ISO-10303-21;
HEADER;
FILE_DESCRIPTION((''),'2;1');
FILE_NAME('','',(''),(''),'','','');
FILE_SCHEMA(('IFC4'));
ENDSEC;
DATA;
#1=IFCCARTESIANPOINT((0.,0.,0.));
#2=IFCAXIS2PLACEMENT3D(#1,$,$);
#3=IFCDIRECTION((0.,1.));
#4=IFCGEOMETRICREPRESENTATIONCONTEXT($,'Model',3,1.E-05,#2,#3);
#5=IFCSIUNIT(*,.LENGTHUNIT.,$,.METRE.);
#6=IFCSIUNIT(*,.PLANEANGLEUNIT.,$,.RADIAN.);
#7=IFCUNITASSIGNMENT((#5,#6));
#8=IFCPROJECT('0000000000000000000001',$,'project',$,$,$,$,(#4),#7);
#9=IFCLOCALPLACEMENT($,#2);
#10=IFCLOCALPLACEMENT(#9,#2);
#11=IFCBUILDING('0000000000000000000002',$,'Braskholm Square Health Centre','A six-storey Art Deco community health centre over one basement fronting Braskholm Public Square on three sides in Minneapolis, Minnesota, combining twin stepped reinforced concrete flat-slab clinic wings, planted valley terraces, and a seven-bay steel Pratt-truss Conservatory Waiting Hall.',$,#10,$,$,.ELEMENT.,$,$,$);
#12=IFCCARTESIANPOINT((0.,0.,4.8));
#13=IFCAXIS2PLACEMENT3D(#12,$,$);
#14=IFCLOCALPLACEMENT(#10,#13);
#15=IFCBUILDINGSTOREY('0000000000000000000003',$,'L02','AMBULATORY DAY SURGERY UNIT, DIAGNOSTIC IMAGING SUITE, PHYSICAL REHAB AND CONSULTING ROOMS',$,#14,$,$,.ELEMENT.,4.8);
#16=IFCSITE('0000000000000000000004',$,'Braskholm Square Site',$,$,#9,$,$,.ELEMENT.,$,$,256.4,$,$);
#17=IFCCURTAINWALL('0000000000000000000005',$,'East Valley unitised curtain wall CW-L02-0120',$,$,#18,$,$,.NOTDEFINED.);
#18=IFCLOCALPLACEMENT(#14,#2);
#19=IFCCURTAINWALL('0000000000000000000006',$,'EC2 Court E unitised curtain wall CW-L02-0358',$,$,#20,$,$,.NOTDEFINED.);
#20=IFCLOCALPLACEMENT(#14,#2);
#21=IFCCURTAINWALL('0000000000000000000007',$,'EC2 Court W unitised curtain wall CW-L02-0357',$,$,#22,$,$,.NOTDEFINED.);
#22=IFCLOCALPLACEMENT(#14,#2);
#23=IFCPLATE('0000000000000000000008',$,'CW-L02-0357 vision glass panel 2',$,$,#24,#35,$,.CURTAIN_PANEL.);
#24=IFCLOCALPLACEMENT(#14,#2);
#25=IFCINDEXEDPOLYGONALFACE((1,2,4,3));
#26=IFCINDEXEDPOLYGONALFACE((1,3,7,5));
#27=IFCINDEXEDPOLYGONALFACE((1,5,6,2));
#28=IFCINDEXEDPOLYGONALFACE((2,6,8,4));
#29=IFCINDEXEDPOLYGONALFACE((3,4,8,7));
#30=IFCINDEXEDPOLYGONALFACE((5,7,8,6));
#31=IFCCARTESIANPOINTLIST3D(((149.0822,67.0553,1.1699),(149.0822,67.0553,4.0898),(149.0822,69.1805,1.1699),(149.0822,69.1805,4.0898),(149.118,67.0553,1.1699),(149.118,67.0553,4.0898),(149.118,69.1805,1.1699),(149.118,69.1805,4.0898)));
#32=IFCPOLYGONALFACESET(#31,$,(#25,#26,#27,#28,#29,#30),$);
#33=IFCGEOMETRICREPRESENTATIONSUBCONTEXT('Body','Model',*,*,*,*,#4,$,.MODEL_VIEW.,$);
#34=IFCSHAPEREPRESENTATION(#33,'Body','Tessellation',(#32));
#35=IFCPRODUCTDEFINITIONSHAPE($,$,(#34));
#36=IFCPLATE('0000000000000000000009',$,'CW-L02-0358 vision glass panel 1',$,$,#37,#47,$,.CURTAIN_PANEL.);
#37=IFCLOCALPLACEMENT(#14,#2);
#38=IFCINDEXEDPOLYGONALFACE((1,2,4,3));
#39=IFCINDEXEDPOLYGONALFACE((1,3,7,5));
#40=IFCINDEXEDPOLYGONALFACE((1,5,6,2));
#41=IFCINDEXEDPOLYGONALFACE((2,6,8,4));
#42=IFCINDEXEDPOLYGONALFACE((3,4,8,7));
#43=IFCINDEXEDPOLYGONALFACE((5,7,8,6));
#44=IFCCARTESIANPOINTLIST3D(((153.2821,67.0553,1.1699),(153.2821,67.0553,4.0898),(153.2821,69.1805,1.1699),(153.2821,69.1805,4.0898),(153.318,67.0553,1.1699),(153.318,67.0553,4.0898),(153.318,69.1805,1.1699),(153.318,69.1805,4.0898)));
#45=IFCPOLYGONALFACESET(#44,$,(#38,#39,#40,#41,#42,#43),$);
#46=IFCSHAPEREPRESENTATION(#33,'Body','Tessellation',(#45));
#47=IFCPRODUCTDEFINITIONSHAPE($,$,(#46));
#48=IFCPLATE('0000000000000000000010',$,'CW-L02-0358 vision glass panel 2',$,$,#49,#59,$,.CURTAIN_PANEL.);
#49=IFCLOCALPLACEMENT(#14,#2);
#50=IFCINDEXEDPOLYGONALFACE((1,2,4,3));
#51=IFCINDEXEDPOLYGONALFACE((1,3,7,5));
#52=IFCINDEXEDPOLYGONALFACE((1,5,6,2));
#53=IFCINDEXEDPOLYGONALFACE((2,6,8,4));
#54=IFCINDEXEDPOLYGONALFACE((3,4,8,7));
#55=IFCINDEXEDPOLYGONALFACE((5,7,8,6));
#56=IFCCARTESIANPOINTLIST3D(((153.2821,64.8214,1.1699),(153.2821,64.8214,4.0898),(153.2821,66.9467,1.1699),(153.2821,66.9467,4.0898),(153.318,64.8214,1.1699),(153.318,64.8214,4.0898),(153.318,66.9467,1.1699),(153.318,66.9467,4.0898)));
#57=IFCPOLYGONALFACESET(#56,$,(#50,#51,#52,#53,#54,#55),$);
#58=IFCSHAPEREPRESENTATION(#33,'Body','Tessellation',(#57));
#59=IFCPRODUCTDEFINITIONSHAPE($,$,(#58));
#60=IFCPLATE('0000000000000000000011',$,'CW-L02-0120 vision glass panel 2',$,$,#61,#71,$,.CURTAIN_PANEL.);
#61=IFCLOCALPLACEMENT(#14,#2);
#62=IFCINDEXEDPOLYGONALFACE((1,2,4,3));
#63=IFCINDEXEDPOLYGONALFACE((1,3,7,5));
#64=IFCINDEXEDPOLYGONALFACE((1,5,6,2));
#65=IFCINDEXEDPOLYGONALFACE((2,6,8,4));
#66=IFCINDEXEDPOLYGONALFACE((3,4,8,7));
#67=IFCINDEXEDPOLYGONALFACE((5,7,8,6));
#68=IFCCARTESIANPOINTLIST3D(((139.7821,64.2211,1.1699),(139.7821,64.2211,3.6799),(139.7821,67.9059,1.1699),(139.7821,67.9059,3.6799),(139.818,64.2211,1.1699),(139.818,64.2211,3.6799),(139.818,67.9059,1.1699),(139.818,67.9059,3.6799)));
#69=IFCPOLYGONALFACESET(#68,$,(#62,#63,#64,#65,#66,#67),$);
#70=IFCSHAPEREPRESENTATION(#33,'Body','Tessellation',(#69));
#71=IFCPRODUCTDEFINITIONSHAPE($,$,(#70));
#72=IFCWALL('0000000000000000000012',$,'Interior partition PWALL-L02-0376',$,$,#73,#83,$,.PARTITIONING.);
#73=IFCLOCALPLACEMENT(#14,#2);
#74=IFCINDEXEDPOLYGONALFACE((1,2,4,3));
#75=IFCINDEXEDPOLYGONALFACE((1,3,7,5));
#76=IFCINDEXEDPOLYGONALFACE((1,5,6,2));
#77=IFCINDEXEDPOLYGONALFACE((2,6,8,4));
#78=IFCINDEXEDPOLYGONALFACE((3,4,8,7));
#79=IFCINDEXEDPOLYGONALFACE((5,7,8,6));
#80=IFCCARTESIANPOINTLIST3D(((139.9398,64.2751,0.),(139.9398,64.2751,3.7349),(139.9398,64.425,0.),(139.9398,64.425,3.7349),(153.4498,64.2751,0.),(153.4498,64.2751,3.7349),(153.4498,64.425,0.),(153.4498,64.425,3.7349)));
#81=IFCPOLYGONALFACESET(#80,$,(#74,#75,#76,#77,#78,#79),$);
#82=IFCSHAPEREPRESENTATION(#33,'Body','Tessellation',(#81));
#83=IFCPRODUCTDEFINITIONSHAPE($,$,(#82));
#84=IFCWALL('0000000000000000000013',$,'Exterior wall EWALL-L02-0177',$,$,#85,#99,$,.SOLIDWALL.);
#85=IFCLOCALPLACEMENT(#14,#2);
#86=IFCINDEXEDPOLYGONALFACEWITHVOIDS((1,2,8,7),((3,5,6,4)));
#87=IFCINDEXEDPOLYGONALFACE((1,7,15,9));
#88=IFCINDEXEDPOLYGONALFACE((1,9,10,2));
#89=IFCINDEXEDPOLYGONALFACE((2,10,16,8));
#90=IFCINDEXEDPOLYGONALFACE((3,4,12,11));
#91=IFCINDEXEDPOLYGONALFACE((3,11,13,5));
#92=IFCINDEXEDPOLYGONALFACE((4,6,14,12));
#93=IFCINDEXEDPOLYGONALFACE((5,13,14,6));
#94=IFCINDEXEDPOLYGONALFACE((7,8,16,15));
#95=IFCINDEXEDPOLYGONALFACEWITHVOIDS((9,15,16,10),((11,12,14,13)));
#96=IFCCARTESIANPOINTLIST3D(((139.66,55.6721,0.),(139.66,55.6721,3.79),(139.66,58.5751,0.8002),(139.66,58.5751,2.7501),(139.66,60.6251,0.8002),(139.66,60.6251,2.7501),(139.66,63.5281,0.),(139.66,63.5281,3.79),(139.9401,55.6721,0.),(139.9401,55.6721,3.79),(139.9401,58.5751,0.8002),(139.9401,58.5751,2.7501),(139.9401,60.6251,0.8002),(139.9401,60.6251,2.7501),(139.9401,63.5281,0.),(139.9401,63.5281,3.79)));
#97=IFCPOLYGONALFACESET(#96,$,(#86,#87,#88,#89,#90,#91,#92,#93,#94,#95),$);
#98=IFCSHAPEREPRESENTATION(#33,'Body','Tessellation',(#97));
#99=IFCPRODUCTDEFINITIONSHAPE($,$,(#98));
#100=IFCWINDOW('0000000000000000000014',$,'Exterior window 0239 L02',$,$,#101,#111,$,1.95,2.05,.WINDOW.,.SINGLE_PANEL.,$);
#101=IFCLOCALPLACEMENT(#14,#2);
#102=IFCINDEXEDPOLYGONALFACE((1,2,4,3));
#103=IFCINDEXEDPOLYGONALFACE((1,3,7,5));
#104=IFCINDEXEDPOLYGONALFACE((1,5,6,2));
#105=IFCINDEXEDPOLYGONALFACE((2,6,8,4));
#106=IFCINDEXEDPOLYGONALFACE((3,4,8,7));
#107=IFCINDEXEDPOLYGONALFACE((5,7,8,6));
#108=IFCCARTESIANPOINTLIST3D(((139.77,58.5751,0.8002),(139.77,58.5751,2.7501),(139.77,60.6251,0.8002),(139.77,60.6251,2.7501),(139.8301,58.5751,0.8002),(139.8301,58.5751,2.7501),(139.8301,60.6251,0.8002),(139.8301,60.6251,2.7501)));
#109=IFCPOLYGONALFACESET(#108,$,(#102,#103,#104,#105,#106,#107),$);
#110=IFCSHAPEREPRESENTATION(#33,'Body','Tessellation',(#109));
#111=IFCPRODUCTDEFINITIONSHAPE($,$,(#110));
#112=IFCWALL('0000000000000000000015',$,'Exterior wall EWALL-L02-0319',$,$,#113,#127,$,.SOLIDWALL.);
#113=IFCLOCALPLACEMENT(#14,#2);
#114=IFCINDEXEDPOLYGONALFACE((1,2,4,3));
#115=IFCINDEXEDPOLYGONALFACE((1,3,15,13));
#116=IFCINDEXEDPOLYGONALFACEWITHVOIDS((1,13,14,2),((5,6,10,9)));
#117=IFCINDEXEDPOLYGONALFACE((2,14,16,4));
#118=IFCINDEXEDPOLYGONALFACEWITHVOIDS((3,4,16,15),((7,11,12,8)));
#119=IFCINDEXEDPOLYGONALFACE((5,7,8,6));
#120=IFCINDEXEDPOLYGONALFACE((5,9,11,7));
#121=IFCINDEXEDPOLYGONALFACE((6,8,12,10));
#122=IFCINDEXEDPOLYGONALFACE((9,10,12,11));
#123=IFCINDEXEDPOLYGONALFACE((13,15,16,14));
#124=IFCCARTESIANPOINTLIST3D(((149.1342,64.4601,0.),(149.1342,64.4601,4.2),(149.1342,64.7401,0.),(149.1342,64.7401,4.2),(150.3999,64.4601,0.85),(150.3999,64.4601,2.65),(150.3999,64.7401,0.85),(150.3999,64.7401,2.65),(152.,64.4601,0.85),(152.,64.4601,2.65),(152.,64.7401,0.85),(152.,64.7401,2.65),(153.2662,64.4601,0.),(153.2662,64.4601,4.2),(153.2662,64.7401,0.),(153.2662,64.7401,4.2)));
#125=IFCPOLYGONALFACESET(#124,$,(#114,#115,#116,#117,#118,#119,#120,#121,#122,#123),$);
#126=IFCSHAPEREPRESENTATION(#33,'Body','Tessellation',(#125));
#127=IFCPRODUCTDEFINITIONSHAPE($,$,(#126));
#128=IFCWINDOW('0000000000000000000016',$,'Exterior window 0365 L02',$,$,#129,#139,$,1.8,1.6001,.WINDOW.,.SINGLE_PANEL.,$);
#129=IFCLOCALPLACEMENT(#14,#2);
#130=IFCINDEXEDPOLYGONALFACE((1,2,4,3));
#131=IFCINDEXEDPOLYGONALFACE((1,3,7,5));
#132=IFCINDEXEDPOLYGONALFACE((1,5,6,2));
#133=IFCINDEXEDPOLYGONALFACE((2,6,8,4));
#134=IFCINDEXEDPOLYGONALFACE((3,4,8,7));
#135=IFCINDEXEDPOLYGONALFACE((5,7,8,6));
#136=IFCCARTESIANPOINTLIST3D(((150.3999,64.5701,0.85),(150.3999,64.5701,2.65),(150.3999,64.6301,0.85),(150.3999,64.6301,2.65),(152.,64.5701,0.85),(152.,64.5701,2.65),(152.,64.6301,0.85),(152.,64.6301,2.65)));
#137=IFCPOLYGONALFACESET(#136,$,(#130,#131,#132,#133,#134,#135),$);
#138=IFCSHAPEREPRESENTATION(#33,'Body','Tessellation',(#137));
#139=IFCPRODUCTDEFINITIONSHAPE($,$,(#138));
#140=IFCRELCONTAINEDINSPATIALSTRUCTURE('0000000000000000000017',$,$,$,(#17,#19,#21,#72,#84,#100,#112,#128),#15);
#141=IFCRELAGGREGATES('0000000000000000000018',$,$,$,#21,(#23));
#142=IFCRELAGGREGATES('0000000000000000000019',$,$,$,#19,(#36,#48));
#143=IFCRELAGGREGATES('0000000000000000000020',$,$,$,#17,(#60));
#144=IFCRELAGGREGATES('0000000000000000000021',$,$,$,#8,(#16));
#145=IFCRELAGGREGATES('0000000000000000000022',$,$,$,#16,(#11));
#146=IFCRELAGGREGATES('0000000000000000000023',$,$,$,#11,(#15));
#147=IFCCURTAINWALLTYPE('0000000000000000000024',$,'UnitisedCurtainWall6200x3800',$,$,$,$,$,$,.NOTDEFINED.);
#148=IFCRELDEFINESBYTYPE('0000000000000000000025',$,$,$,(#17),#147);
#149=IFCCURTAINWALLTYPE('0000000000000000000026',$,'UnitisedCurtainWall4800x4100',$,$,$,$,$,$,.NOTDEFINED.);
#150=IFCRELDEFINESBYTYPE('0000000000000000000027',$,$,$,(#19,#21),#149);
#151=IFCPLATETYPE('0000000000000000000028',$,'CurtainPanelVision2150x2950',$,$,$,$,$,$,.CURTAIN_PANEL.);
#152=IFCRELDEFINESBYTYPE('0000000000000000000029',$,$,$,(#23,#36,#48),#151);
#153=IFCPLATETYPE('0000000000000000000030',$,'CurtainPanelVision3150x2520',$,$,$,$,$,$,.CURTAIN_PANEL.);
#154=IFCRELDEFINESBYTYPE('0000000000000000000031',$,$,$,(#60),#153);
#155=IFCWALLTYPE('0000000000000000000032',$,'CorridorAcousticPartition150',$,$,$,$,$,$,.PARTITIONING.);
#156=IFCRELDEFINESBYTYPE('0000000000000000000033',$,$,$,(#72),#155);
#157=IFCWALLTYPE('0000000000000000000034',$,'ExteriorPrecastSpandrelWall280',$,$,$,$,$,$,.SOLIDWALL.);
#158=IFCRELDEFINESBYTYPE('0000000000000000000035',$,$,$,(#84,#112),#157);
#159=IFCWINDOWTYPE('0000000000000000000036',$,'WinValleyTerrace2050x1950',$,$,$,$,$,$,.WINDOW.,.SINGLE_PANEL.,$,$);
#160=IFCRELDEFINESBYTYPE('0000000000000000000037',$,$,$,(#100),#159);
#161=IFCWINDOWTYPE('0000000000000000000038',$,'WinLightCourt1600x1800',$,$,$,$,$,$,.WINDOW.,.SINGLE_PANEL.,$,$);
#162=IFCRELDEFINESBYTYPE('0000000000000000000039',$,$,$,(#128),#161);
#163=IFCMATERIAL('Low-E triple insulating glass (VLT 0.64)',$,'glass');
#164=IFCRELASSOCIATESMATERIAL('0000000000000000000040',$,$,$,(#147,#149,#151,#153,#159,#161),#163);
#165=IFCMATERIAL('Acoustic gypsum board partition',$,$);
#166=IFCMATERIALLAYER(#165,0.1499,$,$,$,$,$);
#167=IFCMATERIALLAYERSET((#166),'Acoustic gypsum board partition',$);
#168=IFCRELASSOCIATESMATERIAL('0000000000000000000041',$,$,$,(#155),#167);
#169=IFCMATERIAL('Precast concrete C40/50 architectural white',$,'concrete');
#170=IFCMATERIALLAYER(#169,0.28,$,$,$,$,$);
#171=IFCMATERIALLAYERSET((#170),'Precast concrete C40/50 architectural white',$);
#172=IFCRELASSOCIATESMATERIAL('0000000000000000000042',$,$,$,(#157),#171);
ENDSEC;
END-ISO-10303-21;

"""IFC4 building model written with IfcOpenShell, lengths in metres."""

from ifc_helpers import new_model, si_unit, direction, frame, frame_2d, origin, origin_with_axes, origin_2d, place, context, subcontext, project, spatial, rectangle, extrude, material, layer, layer_set, type_object, element, fill, aggregate, save


model = new_model("IFC4")

# Units and contexts
model_context = context("Model", 3, precision=1e-05, world=origin(), true_north=direction((0.0, 1.0)))
body_context = subcontext(model_context, "Body", "Model", "MODEL_VIEW")
ifc_project = project(units=[si_unit("LENGTHUNIT", "METRE"), si_unit("PLANEANGLEUNIT", "RADIAN")], contexts=[model_context])

# Site, building, storey
site_placement = place(None, origin())
site = spatial("IfcSite", under=ifc_project, at=site_placement, Name="Braskholm Square Site", CompositionType="ELEMENT", RefElevation=256.4)
building_placement = place(site_placement, origin())
building = spatial("IfcBuilding", under=site, at=building_placement, Name="Braskholm Square Health Centre", Description="A six-storey Art Deco community health centre over one basement fronting Braskholm Public Square on three sides in Minneapolis, Minnesota, combining twin stepped reinforced concrete flat-slab clinic wings, planted valley terraces, and a seven-bay steel Pratt-truss Conservatory Waiting Hall.", CompositionType="ELEMENT")
storey_placement = place(building_placement, frame((0.0, 0.0, 4.8)))
storey = spatial("IfcBuildingStorey", under=building, at=storey_placement, Name="L02", Description="AMBULATORY DAY SURGERY UNIT, DIAGNOSTIC IMAGING SUITE, PHYSICAL REHAB AND CONSULTING ROOMS", CompositionType="ELEMENT", Elevation=4.8)

# Shared definitions
ifc_material_1 = material(Name="Precast concrete C40/50 architectural white", Category="concrete")

# Curtain walls
ifc_material_2 = material(Name="Low-E triple insulating glass (VLT 0.64)", Category="glass")
curtain_wall_type_1 = type_object("IfcCurtainWallType", Name="UnitisedCurtainWall6200x3800", PredefinedType="NOTDEFINED", material=ifc_material_2)
curtain_wall_1_placement = place(storey_placement, origin())
curtain_wall_1 = element("IfcCurtainWall", 1, at=curtain_wall_1_placement, inside=storey, type_object=curtain_wall_type_1, Name="East Valley unitised curtain wall CW-L02-0120", PredefinedType="NOTDEFINED")
curtain_wall_type_2 = type_object("IfcCurtainWallType", Name="UnitisedCurtainWall4800x4100", PredefinedType="NOTDEFINED", material=ifc_material_2)
curtain_wall_2_placement = place(storey_placement, origin())
curtain_wall_2 = element("IfcCurtainWall", 2, at=curtain_wall_2_placement, inside=storey, type_object=curtain_wall_type_2, Name="EC2 Court E unitised curtain wall CW-L02-0358", PredefinedType="NOTDEFINED")
curtain_wall_3_placement = place(storey_placement, origin())
curtain_wall_3 = element("IfcCurtainWall", 3, at=curtain_wall_3_placement, inside=storey, type_object=curtain_wall_type_2, Name="EC2 Court W unitised curtain wall CW-L02-0357", PredefinedType="NOTDEFINED")

# Plates
plate_type_1 = type_object("IfcPlateType", Name="CurtainPanelVision2150x2950", PredefinedType="CURTAIN_PANEL", material=ifc_material_2)
plate_1_placement = place(storey_placement, frame((149.1001, 68.1179, 1.1699), z_axis=(0.0, 0.0, 1.0), x_axis=(0.0, 1.0, 0.0)))
plate_1 = element("IfcPlate", 4, at=plate_1_placement, type_object=plate_type_1, Name="CW-L02-0357 vision glass panel 2", PredefinedType="CURTAIN_PANEL", context=body_context, shape_type="SweptSolid", body=[
    extrude(rectangle(XDim=2.1252, YDim=0.0359, at=origin_2d()), origin(), (0.0, 0.0, 1.0), 2.9199),
])
aggregate(curtain_wall_3, [plate_1])
plate_2_placement = place(storey_placement, frame((153.3, 68.1179, 1.1699), z_axis=(0.0, 0.0, 1.0), x_axis=(0.0, -1.0, 0.0)))
plate_2 = element("IfcPlate", 5, at=plate_2_placement, type_object=plate_type_1, Name="CW-L02-0358 vision glass panel 1", PredefinedType="CURTAIN_PANEL", context=body_context, shape_type="SweptSolid", body=[
    extrude(rectangle(XDim=2.1252, YDim=0.0359, at=origin_2d()), origin(), (0.0, 0.0, 1.0), 2.9199),
])
plate_3_placement = place(storey_placement, frame((153.3, 65.884, 1.1699), z_axis=(0.0, 0.0, 1.0), x_axis=(0.0, -1.0, 0.0)))
plate_3 = element("IfcPlate", 6, at=plate_3_placement, type_object=plate_type_1, Name="CW-L02-0358 vision glass panel 2", PredefinedType="CURTAIN_PANEL", context=body_context, shape_type="SweptSolid", body=[
    extrude(rectangle(XDim=2.1252, YDim=0.0359, at=origin_2d()), origin(), (0.0, 0.0, 1.0), 2.9199),
])
aggregate(curtain_wall_2, [plate_2, plate_3])
plate_type_2 = type_object("IfcPlateType", Name="CurtainPanelVision3150x2520", PredefinedType="CURTAIN_PANEL", material=ifc_material_2)
plate_4_placement = place(storey_placement, frame((139.8, 66.0635, 1.1699), z_axis=(0.0, 0.0, 1.0), x_axis=(0.0, -1.0, 0.0)))
plate_4 = element("IfcPlate", 7, at=plate_4_placement, type_object=plate_type_2, Name="CW-L02-0120 vision glass panel 2", PredefinedType="CURTAIN_PANEL", context=body_context, shape_type="SweptSolid", body=[
    extrude(rectangle(XDim=3.6848, YDim=0.0359, at=origin_2d()), origin(), (0.0, 0.0, 1.0), 2.51),
])
aggregate(curtain_wall_1, [plate_4])

# Wall
ifc_material_3 = material(Name="Acoustic gypsum board partition")
ifc_layer_1 = layer(ifc_material_3, 0.1499)
ifc_layer_set_1 = layer_set([ifc_layer_1], Name="Acoustic gypsum board partition")
wall_type_1 = type_object("IfcWallType", Name="CorridorAcousticPartition150", PredefinedType="PARTITIONING", material=ifc_layer_set_1)
wall_1_placement = place(storey_placement, frame((139.9399, 64.3501, 0.0), z_axis=(0.0, 0.0, 1.0), x_axis=(1.0, 0.0, 0.0)))
element("IfcWall", 8, at=wall_1_placement, inside=storey, type_object=wall_type_1, Name="Interior partition PWALL-L02-0376", PredefinedType="PARTITIONING", context=body_context, shape_type="SweptSolid", body=[
    extrude(rectangle(XDim=13.51, YDim=0.1499, at=frame_2d((6.7549, 0.0))), origin(), (0.0, 0.0, 1.0), 3.7349),
])

# Walls, openings, windows
ifc_layer_2 = layer(ifc_material_1, 0.28)
ifc_layer_set_2 = layer_set([ifc_layer_2], Name="Precast concrete C40/50 architectural white")
wall_type_2 = type_object("IfcWallType", Name="ExteriorPrecastSpandrelWall280", PredefinedType="SOLIDWALL", material=ifc_layer_set_2)
wall_2_placement = place(storey_placement, frame((139.8, 63.5281, 0.0), z_axis=(0.0, 0.0, 1.0), x_axis=(0.0, -1.0, 0.0)))
wall_2 = element("IfcWall", 9, at=wall_2_placement, inside=storey, type_object=wall_type_2, Name="Exterior wall EWALL-L02-0177", PredefinedType="SOLIDWALL", context=body_context, shape_type="SweptSolid", body=[
    extrude(rectangle(XDim=7.856, YDim=0.28, at=frame_2d((3.928, 0.0))), origin(), (0.0, 0.0, 1.0), 3.79),
])
opening_1_placement = place(wall_2_placement, frame((2.9031, 0.0, 0.8)))
opening_1 = element("IfcOpeningElement", 10, at=opening_1_placement, cuts=wall_2, PredefinedType="OPENING", context=body_context, shape_type="SweptSolid", body=[
    extrude(rectangle(XDim=2.05, YDim=1.95, at=frame_2d((1.0249, 0.9751))), frame((0.0, 0.1499, 0.0), z_axis=(0.0, -1.0, 0.0), x_axis=(1.0, 0.0, 0.0)), (0.0, 0.0, 1.0), 0.3),
])
window_type_1 = type_object("IfcWindowType", Name="WinValleyTerrace2050x1950", PartitioningType="SINGLE_PANEL", PredefinedType="WINDOW", material=ifc_material_2)
window_1_placement = place(opening_1_placement, origin_with_axes())
window_1 = element("IfcWindow", 11, at=window_1_placement, inside=storey, type_object=window_type_1, Name="Exterior window 0239 L02", OverallHeight=1.95, OverallWidth=2.05, PartitioningType="SINGLE_PANEL", PredefinedType="WINDOW", context=body_context, shape_type="SweptSolid", body=[
    extrude(rectangle(XDim=2.05, YDim=1.95, at=frame_2d((1.0249, 0.9751))), frame((0.0, 0.03, 0.0), z_axis=(0.0, -1.0, 0.0), x_axis=(1.0, 0.0, 0.0)), (0.0, 0.0, 1.0), 0.0601),
])
fill(opening_1, window_1)
wall_3_placement = place(storey_placement, frame((153.2661, 64.6001, 0.0), z_axis=(0.0, 0.0, 1.0), x_axis=(-1.0, 0.0, 0.0)))
wall_3 = element("IfcWall", 12, at=wall_3_placement, inside=storey, type_object=wall_type_2, Name="Exterior wall EWALL-L02-0319", PredefinedType="SOLIDWALL", context=body_context, shape_type="SweptSolid", body=[
    extrude(rectangle(XDim=4.1321, YDim=0.28, at=frame_2d((2.0659, 0.0))), origin(), (0.0, 0.0, 1.0), 4.2),
])
opening_2_placement = place(wall_3_placement, frame((1.2661, 0.0, 0.8501)))
opening_2 = element("IfcOpeningElement", 13, at=opening_2_placement, cuts=wall_3, PredefinedType="OPENING", context=body_context, shape_type="SweptSolid", body=[
    extrude(rectangle(XDim=1.6001, YDim=1.8, at=frame_2d((0.8, 0.8999))), frame((0.0, 0.1499, 0.0), z_axis=(0.0, -1.0, 0.0), x_axis=(1.0, 0.0, 0.0)), (0.0, 0.0, 1.0), 0.3),
])
window_type_2 = type_object("IfcWindowType", Name="WinLightCourt1600x1800", PartitioningType="SINGLE_PANEL", PredefinedType="WINDOW", material=ifc_material_2)
window_2_placement = place(opening_2_placement, origin_with_axes())
window_2 = element("IfcWindow", 14, at=window_2_placement, inside=storey, type_object=window_type_2, Name="Exterior window 0365 L02", OverallHeight=1.8, OverallWidth=1.6001, PartitioningType="SINGLE_PANEL", PredefinedType="WINDOW", context=body_context, shape_type="SweptSolid", body=[
    extrude(rectangle(XDim=1.6001, YDim=1.8, at=frame_2d((0.8, 0.8999))), frame((0.0, 0.03, 0.0), z_axis=(0.0, -1.0, 0.0), x_axis=(1.0, 0.0, 0.0)), (0.0, 0.0, 1.0), 0.0601),
])
fill(opening_2, window_2)

save(model, "model.ifc")
